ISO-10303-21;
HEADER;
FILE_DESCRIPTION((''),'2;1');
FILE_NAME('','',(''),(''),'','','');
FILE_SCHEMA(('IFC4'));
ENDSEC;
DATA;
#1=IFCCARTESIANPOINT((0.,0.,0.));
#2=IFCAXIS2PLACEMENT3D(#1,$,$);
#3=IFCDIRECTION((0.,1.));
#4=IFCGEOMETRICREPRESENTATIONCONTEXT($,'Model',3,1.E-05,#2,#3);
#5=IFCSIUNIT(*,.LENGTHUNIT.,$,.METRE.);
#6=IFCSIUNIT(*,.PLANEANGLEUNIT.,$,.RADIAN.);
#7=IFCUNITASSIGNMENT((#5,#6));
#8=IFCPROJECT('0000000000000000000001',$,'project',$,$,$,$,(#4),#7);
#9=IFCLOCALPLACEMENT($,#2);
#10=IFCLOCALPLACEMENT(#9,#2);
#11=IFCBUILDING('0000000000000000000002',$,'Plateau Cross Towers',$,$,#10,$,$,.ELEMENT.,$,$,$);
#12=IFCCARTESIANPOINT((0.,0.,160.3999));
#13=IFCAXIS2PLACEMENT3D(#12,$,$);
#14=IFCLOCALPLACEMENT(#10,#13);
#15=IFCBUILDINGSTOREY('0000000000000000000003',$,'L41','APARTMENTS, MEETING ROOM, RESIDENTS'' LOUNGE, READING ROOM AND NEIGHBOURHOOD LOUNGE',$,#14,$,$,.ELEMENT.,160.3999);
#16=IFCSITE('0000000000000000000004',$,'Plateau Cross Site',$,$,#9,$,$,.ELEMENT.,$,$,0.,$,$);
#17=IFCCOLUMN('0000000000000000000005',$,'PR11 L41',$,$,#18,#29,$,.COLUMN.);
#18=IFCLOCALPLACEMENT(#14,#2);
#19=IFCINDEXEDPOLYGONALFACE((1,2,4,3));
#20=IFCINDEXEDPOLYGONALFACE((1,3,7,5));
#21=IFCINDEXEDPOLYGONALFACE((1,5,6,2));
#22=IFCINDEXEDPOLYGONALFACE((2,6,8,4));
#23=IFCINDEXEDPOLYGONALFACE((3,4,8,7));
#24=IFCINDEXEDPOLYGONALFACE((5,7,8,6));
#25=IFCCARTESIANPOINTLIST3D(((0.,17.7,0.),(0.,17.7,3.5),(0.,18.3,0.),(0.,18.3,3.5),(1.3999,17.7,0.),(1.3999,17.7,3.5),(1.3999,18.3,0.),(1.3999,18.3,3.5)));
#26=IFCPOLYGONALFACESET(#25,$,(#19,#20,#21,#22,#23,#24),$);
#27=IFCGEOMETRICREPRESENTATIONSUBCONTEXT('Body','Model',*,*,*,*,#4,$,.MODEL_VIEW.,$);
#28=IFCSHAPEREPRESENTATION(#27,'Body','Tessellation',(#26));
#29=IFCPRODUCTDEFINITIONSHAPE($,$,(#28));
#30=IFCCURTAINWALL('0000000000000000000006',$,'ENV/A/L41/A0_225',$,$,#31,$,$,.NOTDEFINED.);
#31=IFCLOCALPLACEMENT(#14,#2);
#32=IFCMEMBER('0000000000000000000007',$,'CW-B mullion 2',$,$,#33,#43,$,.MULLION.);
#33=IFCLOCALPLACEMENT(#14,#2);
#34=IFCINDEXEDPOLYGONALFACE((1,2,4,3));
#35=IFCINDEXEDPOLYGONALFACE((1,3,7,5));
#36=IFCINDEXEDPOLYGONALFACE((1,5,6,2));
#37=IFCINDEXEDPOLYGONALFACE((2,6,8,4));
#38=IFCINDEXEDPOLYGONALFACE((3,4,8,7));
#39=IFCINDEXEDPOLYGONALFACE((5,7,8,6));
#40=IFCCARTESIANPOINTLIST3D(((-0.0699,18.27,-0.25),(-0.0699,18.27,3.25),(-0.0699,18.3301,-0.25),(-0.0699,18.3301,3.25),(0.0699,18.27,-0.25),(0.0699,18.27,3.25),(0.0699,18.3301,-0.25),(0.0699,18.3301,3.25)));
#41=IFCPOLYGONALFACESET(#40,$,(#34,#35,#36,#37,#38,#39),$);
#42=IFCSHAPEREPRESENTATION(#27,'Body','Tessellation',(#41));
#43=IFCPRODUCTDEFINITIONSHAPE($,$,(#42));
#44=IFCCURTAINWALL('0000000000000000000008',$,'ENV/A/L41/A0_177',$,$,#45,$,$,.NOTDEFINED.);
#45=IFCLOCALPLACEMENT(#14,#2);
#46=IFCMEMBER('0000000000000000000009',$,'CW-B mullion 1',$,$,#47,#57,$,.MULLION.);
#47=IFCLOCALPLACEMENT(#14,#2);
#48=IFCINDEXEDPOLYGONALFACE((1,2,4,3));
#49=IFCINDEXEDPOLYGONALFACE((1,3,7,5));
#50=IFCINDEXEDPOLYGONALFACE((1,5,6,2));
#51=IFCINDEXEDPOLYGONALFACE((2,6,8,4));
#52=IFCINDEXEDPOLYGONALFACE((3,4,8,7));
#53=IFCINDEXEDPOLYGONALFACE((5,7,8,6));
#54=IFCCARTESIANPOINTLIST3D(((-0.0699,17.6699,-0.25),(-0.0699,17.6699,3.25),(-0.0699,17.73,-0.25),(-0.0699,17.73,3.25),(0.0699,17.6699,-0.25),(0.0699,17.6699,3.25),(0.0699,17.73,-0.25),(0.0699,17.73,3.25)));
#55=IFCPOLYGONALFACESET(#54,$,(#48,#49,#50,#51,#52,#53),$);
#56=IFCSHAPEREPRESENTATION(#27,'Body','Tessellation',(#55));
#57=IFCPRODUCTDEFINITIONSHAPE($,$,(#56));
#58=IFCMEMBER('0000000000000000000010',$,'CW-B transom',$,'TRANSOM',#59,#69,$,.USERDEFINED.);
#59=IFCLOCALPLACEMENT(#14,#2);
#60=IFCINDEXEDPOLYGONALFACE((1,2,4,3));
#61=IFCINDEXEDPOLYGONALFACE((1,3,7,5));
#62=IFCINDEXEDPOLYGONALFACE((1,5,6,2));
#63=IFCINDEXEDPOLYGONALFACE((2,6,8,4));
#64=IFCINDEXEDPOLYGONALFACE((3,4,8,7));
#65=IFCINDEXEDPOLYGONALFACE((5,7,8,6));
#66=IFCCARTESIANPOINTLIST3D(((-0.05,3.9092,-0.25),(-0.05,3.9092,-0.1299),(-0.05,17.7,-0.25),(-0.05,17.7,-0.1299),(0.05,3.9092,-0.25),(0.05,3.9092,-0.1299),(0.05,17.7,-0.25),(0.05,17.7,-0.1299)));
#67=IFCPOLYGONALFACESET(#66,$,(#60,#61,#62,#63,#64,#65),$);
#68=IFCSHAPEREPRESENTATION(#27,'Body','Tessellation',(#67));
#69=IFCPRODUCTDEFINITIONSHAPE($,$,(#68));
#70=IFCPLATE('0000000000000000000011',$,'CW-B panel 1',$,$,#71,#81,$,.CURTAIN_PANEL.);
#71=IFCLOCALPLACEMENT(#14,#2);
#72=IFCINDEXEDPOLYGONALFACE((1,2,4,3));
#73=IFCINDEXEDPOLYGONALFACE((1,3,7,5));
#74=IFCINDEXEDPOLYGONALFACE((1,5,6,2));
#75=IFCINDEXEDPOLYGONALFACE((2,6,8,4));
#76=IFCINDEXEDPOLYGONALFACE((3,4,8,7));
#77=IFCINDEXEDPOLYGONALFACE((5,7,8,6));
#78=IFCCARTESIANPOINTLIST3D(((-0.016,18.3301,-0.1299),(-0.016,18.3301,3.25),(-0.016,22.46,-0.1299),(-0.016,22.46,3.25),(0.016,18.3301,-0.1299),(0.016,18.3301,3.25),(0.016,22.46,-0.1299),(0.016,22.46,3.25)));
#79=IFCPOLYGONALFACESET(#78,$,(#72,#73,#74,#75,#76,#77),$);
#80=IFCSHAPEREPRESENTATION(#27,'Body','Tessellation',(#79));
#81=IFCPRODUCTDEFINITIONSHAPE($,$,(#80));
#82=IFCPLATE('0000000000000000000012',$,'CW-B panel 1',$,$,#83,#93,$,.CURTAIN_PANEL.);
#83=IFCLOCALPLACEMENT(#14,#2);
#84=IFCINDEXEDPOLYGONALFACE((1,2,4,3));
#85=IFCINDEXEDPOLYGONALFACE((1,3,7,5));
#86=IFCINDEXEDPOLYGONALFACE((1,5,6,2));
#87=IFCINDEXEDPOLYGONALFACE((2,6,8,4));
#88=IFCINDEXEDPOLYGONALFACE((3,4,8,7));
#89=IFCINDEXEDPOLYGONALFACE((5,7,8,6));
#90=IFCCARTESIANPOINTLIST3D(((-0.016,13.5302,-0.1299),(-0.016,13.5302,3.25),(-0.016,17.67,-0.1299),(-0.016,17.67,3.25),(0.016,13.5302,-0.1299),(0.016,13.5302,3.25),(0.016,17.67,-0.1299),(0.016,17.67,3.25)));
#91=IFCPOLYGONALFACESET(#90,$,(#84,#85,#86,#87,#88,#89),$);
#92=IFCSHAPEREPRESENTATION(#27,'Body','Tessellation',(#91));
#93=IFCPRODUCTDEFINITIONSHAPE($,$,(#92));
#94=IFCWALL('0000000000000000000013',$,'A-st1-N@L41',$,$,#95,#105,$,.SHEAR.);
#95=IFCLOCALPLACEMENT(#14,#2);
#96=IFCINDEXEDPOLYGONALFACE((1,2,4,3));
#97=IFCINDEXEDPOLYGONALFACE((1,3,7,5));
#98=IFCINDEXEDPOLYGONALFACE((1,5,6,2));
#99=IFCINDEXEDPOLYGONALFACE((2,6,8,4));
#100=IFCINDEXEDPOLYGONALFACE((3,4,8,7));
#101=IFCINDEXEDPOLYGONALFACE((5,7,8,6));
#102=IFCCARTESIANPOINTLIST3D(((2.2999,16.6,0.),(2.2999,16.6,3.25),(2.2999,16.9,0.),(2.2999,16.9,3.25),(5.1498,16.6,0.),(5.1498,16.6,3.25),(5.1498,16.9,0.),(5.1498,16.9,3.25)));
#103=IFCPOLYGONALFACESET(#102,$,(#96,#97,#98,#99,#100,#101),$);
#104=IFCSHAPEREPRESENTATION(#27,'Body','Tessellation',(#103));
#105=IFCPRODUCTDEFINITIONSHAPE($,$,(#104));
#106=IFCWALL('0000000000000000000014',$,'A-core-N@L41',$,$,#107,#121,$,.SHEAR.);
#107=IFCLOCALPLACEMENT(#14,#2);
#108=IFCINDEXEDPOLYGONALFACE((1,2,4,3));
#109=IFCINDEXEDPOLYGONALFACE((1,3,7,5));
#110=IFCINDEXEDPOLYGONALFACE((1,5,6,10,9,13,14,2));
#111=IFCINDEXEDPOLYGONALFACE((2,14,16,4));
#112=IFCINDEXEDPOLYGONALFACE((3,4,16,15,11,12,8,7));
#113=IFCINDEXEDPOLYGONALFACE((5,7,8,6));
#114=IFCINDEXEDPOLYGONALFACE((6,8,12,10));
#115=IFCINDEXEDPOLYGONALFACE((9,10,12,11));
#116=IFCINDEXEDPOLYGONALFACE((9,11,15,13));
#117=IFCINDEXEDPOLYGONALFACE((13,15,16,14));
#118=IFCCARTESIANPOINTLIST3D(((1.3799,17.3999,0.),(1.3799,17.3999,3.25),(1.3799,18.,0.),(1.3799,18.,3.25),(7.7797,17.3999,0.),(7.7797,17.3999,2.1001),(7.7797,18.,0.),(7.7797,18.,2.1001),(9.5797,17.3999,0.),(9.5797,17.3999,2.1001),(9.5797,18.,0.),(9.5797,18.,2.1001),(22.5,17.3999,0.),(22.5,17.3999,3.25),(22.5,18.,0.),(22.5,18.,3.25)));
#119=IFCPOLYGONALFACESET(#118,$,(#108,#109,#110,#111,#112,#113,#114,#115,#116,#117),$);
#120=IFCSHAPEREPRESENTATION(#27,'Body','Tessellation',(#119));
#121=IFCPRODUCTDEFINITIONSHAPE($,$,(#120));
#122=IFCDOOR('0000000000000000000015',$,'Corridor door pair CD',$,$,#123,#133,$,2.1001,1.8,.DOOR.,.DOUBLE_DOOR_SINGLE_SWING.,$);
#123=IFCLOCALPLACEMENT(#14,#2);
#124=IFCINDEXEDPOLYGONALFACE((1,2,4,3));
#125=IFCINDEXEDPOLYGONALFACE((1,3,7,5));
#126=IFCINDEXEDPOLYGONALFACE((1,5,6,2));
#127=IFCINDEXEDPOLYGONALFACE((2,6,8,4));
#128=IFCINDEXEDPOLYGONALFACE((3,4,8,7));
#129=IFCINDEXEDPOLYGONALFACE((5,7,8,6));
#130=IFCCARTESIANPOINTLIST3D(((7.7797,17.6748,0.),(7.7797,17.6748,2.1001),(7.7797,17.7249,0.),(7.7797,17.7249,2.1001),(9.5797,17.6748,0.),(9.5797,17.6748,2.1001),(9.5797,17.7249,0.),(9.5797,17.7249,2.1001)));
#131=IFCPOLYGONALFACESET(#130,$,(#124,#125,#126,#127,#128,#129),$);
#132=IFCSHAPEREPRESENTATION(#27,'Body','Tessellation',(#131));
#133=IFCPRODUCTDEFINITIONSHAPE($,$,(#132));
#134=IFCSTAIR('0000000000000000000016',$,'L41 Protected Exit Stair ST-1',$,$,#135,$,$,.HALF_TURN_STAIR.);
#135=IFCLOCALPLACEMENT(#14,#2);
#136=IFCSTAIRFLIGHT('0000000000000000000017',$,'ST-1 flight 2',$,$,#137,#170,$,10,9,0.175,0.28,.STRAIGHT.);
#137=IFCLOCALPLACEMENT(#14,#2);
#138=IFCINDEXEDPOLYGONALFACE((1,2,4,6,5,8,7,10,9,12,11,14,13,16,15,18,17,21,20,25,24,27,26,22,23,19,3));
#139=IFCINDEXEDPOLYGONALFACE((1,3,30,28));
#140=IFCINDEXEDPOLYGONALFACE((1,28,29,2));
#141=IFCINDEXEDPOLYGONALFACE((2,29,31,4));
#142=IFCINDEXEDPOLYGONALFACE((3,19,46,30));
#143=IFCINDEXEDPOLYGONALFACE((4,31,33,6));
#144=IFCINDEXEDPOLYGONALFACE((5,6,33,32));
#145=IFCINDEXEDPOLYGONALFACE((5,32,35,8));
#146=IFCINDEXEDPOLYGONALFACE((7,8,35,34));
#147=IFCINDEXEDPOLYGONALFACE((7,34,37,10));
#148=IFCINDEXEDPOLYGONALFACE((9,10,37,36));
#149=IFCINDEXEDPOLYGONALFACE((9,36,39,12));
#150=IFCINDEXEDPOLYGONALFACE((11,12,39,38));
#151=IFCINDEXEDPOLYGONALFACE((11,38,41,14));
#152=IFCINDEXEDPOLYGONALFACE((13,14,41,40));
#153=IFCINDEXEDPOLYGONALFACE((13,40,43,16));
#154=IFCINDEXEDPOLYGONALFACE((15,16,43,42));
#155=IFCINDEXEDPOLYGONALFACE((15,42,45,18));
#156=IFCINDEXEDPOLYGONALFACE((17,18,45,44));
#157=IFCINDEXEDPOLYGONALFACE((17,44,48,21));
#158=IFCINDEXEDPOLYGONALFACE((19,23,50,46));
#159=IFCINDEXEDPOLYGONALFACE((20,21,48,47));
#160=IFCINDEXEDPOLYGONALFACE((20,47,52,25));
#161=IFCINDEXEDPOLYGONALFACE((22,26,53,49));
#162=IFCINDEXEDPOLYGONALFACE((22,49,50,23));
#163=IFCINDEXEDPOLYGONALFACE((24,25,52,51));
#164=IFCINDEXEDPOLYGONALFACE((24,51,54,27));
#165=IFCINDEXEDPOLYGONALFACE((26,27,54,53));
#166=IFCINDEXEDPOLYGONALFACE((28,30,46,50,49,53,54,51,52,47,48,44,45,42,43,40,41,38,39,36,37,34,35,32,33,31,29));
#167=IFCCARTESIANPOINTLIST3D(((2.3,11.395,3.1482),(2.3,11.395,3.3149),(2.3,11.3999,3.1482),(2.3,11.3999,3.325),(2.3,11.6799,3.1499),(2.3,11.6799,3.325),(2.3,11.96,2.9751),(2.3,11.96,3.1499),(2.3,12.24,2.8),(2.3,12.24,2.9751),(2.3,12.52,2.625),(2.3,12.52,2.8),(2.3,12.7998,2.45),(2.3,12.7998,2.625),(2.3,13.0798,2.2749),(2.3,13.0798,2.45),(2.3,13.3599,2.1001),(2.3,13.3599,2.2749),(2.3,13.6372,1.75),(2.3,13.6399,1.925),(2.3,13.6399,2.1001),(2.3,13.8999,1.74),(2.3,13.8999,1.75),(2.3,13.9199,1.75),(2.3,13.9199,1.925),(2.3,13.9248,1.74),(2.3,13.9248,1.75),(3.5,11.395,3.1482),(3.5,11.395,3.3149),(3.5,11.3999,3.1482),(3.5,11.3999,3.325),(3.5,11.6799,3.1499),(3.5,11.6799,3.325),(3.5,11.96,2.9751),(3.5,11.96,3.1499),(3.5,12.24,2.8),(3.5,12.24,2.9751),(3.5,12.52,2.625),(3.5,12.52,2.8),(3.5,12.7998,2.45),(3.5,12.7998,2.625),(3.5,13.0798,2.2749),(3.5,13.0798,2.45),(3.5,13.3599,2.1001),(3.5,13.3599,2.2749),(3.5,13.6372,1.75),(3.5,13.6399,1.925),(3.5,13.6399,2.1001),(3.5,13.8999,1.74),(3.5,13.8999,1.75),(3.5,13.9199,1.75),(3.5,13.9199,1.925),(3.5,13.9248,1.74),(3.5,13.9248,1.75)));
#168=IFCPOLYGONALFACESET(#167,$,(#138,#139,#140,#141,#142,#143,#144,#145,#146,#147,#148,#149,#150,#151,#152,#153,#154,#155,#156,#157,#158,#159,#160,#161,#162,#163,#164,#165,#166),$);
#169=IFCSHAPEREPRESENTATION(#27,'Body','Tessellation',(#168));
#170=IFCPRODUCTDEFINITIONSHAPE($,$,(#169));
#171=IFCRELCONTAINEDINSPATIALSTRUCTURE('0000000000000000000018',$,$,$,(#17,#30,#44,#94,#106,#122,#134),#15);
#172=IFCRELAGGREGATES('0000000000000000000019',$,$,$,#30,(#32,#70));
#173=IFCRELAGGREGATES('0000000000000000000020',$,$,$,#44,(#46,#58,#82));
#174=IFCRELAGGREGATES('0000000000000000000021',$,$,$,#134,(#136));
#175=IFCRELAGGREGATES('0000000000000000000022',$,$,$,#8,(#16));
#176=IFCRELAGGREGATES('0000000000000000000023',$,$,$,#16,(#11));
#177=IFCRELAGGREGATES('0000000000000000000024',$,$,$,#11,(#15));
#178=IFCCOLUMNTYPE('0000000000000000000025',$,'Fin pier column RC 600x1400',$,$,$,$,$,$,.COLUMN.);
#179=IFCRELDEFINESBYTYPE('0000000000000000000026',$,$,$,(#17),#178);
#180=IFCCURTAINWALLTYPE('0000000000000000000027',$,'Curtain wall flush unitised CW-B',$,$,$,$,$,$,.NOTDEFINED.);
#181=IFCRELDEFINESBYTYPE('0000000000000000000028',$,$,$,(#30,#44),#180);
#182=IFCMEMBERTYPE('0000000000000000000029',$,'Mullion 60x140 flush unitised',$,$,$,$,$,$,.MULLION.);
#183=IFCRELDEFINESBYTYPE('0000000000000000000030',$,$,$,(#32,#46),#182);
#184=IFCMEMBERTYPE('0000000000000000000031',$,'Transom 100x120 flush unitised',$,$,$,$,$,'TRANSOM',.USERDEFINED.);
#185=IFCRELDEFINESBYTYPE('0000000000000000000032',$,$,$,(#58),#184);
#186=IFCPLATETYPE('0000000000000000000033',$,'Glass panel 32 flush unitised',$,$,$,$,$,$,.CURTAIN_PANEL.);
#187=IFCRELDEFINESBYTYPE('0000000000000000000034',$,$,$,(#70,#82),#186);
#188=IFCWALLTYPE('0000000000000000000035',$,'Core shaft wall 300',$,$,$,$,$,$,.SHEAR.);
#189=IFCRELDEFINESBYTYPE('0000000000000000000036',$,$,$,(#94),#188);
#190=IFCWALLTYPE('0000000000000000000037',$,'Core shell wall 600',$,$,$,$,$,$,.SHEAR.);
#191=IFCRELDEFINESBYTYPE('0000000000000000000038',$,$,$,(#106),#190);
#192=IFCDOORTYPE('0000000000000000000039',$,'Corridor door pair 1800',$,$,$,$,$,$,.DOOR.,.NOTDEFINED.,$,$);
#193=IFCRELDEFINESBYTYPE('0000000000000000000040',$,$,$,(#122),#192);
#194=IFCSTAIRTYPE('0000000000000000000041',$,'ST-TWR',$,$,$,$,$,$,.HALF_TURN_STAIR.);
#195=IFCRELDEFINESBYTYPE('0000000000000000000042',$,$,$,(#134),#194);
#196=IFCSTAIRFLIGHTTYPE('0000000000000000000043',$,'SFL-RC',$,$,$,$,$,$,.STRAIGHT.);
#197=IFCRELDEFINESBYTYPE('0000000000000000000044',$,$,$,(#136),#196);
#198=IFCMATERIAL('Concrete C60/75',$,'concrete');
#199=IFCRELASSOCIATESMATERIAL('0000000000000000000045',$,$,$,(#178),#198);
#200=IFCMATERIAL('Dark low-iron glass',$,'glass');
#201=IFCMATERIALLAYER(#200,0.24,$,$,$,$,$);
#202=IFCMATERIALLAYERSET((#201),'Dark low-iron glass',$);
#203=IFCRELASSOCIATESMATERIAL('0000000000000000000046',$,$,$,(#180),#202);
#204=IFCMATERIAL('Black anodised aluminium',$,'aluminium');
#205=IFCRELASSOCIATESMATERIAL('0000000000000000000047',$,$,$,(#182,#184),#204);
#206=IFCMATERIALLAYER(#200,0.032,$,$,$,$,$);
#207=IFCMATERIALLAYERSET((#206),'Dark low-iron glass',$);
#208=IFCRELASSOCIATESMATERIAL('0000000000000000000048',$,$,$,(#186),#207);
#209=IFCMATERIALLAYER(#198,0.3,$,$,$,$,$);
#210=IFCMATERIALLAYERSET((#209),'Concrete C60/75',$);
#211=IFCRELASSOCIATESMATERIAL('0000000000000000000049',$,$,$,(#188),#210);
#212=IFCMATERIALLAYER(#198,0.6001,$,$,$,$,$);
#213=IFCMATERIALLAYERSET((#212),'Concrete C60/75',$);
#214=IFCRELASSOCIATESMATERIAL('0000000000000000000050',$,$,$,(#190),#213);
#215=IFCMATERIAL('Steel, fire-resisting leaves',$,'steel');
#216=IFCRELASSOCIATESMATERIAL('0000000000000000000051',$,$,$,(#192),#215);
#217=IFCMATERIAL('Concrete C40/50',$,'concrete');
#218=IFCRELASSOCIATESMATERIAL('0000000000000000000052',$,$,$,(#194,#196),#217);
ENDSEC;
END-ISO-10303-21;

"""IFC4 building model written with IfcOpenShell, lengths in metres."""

from ifc_helpers import new_model, si_unit, direction, frame, frame_2d, origin, origin_2d, place, context, subcontext, project, spatial, polyline, rectangle, outline, extrude, material, layer, layer_set, material_profile, profile_set, type_object, element, fill, aggregate, save


model = new_model("IFC4")

# Units and contexts
model_context = context("Model", 3, precision=1e-05, world=origin(), true_north=direction((0.0, 1.0)))
body_context = subcontext(model_context, "Body", "Model", "MODEL_VIEW")
ifc_project = project(units=[si_unit("LENGTHUNIT", "METRE"), si_unit("PLANEANGLEUNIT", "RADIAN")], contexts=[model_context])

# Site, building, storey
site_placement = place(None, origin())
site = spatial("IfcSite", under=ifc_project, at=site_placement, Name="Plateau Cross Site", CompositionType="ELEMENT", RefElevation=0.0)
building_placement = place(site_placement, origin())
building = spatial("IfcBuilding", under=site, at=building_placement, Name="Plateau Cross Towers", CompositionType="ELEMENT")
storey_placement = place(building_placement, frame((0.0, 0.0, 160.3999)))
storey = spatial("IfcBuildingStorey", under=building, at=storey_placement, Name="L41", Description="APARTMENTS, MEETING ROOM, RESIDENTS' LOUNGE, READING ROOM AND NEIGHBOURHOOD LOUNGE", CompositionType="ELEMENT", Elevation=160.3999)

# Column
ifc_material_1 = material(Name="Concrete C60/75", Category="concrete")
ifc_material_profile_1 = material_profile(ifc_material_1, rectangle(XDim=0.6001, YDim=1.3999, at=origin_2d()), Name="RC 600x1400")
ifc_profile_set_1 = profile_set([ifc_material_profile_1], Name="Concrete C60/75")
column_type = type_object("IfcColumnType", Name="Fin pier column RC 600x1400", PredefinedType="COLUMN", material=ifc_profile_set_1)
column_placement = place(storey_placement, frame((0.7, 18.0, 0.0), z_axis=(0.0, 0.0, 1.0), x_axis=(0.0, 1.0, 0.0)))
element("IfcColumn", 1, at=column_placement, inside=storey, type_object=column_type, Name="PR11 L41", PredefinedType="COLUMN", context=body_context, shape_type="SweptSolid", body=[
    extrude(rectangle(XDim=0.6001, YDim=1.3999, at=origin_2d()), origin(), (0.0, 0.0, 1.0), 3.5),
])

# Curtain wall, member
ifc_material_2 = material(Name="Dark low-iron glass", Category="glass")
ifc_layer_1 = layer(ifc_material_2, 0.24)
ifc_layer_set_1 = layer_set([ifc_layer_1], Name="Dark low-iron glass")
curtain_wall_type = type_object("IfcCurtainWallType", Name="Curtain wall flush unitised CW-B", PredefinedType="NOTDEFINED", material=ifc_layer_set_1)
curtain_wall_1_placement = place(storey_placement, origin())
curtain_wall_1 = element("IfcCurtainWall", 2, at=curtain_wall_1_placement, inside=storey, type_object=curtain_wall_type, Name="ENV/A/L41/A0_225", PredefinedType="NOTDEFINED")
ifc_material_3 = material(Name="Black anodised aluminium", Category="aluminium")
ifc_material_profile_2 = material_profile(ifc_material_3, rectangle(XDim=0.0601, YDim=0.1399, at=origin_2d()), Name="MULLION 60x140")
ifc_profile_set_2 = profile_set([ifc_material_profile_2], Name="Black anodised aluminium")
member_type_1 = type_object("IfcMemberType", Name="Mullion 60x140 flush unitised", PredefinedType="MULLION", material=ifc_profile_set_2)
member_1_placement = place(storey_placement, frame((0.0, 18.3, -0.25), z_axis=(0.0, 0.0, 1.0), x_axis=(0.0, -1.0, 0.0)))
member_1 = element("IfcMember", 3, at=member_1_placement, type_object=member_type_1, Name="CW-B mullion 2", PredefinedType="MULLION", context=body_context, shape_type="SweptSolid", body=[
    extrude(rectangle(XDim=0.0601, YDim=0.1399, at=origin_2d()), origin(), (0.0, 0.0, 1.0), 3.5),
])

# Curtain wall, members
curtain_wall_2_placement = place(storey_placement, origin())
curtain_wall_2 = element("IfcCurtainWall", 4, at=curtain_wall_2_placement, inside=storey, type_object=curtain_wall_type, Name="ENV/A/L41/A0_177", PredefinedType="NOTDEFINED")
member_2_placement = place(storey_placement, frame((0.0, 17.7, -0.25), z_axis=(0.0, 0.0, 1.0), x_axis=(0.0, -1.0, 0.0)))
member_2 = element("IfcMember", 5, at=member_2_placement, type_object=member_type_1, Name="CW-B mullion 1", PredefinedType="MULLION", context=body_context, shape_type="SweptSolid", body=[
    extrude(rectangle(XDim=0.0601, YDim=0.1399, at=origin_2d()), origin(), (0.0, 0.0, 1.0), 3.5),
])
ifc_material_profile_3 = material_profile(ifc_material_3, rectangle(XDim=0.1001, YDim=0.1201, at=origin_2d()), Name="TRANSOM 100x120")
ifc_profile_set_3 = profile_set([ifc_material_profile_3], Name="Black anodised aluminium")
member_type_2 = type_object("IfcMemberType", Name="Transom 100x120 flush unitised", ElementType="TRANSOM", PredefinedType="USERDEFINED", material=ifc_profile_set_3)
member_3_placement = place(storey_placement, frame((0.0, 17.7, -0.1899), z_axis=(0.0, -1.0, 0.0), x_axis=(1.0, 0.0, 0.0)))
member_3 = element("IfcMember", 6, at=member_3_placement, type_object=member_type_2, Name="CW-B transom", ObjectType="TRANSOM", PredefinedType="USERDEFINED", context=body_context, shape_type="SweptSolid", body=[
    extrude(rectangle(XDim=0.1001, YDim=0.1201, at=origin_2d()), origin(), (0.0, 0.0, 1.0), 13.7908),
])

# Plates
ifc_layer_2 = layer(ifc_material_2, 0.032)
ifc_layer_set_2 = layer_set([ifc_layer_2], Name="Dark low-iron glass")
plate_type = type_object("IfcPlateType", Name="Glass panel 32 flush unitised", PredefinedType="CURTAIN_PANEL", material=ifc_layer_set_2)
plate_1_placement = place(storey_placement, frame((0.0, 20.395, -0.1299), z_axis=(0.0, 0.0, 1.0), x_axis=(0.0, -1.0, 0.0)))
plate_1 = element("IfcPlate", 7, at=plate_1_placement, type_object=plate_type, Name="CW-B panel 1", PredefinedType="CURTAIN_PANEL", context=body_context, shape_type="SweptSolid", body=[
    extrude(rectangle(XDim=4.1299, YDim=0.032, at=origin_2d()), origin(), (0.0, 0.0, 1.0), 3.3799),
])
aggregate(curtain_wall_1, [member_1, plate_1])
plate_2_placement = place(storey_placement, frame((0.0, 15.6001, -0.1299), z_axis=(0.0, 0.0, 1.0), x_axis=(0.0, -1.0, 0.0)))
plate_2 = element("IfcPlate", 8, at=plate_2_placement, type_object=plate_type, Name="CW-B panel 1", PredefinedType="CURTAIN_PANEL", context=body_context, shape_type="SweptSolid", body=[
    extrude(rectangle(XDim=4.1399, YDim=0.032, at=origin_2d()), origin(), (0.0, 0.0, 1.0), 3.3799),
])
aggregate(curtain_wall_2, [member_2, member_3, plate_2])

# Wall
ifc_layer_3 = layer(ifc_material_1, 0.3)
ifc_layer_set_3 = layer_set([ifc_layer_3], Name="Concrete C60/75")
wall_type_1 = type_object("IfcWallType", Name="Core shaft wall 300", PredefinedType="SHEAR", material=ifc_layer_set_3)
wall_1_placement = place(storey_placement, frame((2.3, 16.75, 0.0), z_axis=(0.0, 0.0, 1.0), x_axis=(1.0, 0.0, 0.0)))
element("IfcWall", 9, at=wall_1_placement, inside=storey, type_object=wall_type_1, Name="A-st1-N@L41", PredefinedType="SHEAR", context=body_context, shape_type="SweptSolid", body=[
    extrude(rectangle(XDim=2.8499, YDim=0.3, at=frame_2d((1.4248, 0.0))), origin(), (0.0, 0.0, 1.0), 3.25),
])

# Wall, opening, door
ifc_layer_4 = layer(ifc_material_1, 0.6001)
ifc_layer_set_4 = layer_set([ifc_layer_4], Name="Concrete C60/75")
wall_type_2 = type_object("IfcWallType", Name="Core shell wall 600", PredefinedType="SHEAR", material=ifc_layer_set_4)
wall_2_placement = place(storey_placement, frame((1.3799, 17.7, 0.0), z_axis=(0.0, 0.0, 1.0), x_axis=(1.0, 0.0, 0.0)))
wall_2 = element("IfcWall", 10, at=wall_2_placement, inside=storey, type_object=wall_type_2, Name="A-core-N@L41", PredefinedType="SHEAR", context=body_context, shape_type="SweptSolid", body=[
    extrude(rectangle(XDim=21.1201, YDim=0.6001, at=frame_2d((10.5601, 0.0))), origin(), (0.0, 0.0, 1.0), 3.25),
])
opening_placement = place(wall_2_placement, frame((6.3999, 0.0, 0.0)))
opening = element("IfcOpeningElement", 11, at=opening_placement, cuts=wall_2, PredefinedType="OPENING", context=body_context, shape_type="SweptSolid", body=[
    extrude(rectangle(XDim=1.8, YDim=2.1001, at=frame_2d((0.8999, 1.05))), frame((0.0, 0.3101, 0.0), z_axis=(0.0, -1.0, 0.0), x_axis=(1.0, 0.0, 0.0)), (0.0, 0.0, 1.0), 0.6201),
])
ifc_material_4 = material(Name="Steel, fire-resisting leaves", Category="steel")
door_type = type_object("IfcDoorType", Name="Corridor door pair 1800", OperationType="NOTDEFINED", PredefinedType="DOOR", material=ifc_material_4)
door_placement = place(opening_placement, origin())
door = element("IfcDoor", 12, at=door_placement, inside=storey, type_object=door_type, Name="Corridor door pair CD", OperationType="DOUBLE_DOOR_SINGLE_SWING", OverallHeight=2.1001, OverallWidth=1.8, PredefinedType="DOOR", context=body_context, shape_type="SweptSolid", body=[
    extrude(rectangle(XDim=1.8, YDim=2.1001, at=frame_2d((0.8999, 1.05))), frame((0.0, 0.0249, 0.0), z_axis=(0.0, -1.0, 0.0), x_axis=(1.0, 0.0, 0.0)), (0.0, 0.0, 1.0), 0.05),
])
fill(opening, door)

# Stair, stair flight
ifc_material_5 = material(Name="Concrete C40/50", Category="concrete")
stair_type = type_object("IfcStairType", Name="ST-TWR", PredefinedType="HALF_TURN_STAIR", material=ifc_material_5)
stair_placement = place(storey_placement, origin())
stair = element("IfcStair", 13, at=stair_placement, inside=storey, type_object=stair_type, Name="L41 Protected Exit Stair ST-1", PredefinedType="HALF_TURN_STAIR")
stair_flight_type = type_object("IfcStairFlightType", Name="SFL-RC", PredefinedType="STRAIGHT", material=ifc_material_5)
stair_flight_placement = place(storey_placement, frame((2.8999, 13.9199, 1.75), z_axis=(0.0, 0.0, 1.0), x_axis=(0.0, -1.0, 0.0)))
stair_flight = element("IfcStairFlight", 14, at=stair_flight_placement, type_object=stair_flight_type, Name="ST-1 flight 2", NumberOfRisers=10, NumberOfTreads=9, PredefinedType="STRAIGHT", RiserHeight=0.175, TreadLength=0.28, context=body_context, shape_type="SweptSolid", body=[
    extrude(outline(polyline([(-0.0049, -0.01), (-0.0049, 0.0), (0.0, 0.0), (0.0, 0.175), (0.28, 0.175), (0.28, 0.3501), (0.5601, 0.3501), (0.5601, 0.5249), (0.8401, 0.5249), (0.8401, 0.7), (1.1201, 0.7), (1.1201, 0.875), (1.3999, 0.875), (1.3999, 1.05), (1.6799, 1.05), (1.6799, 1.2251), (1.96, 1.2251), (1.96, 1.3999), (2.24, 1.3999), (2.24, 1.575), (2.52, 1.575), (2.5249, 1.5649), (2.5249, 1.3982), (2.52, 1.3982), (0.2827, 0.0), (0.02, 0.0), (0.02, -0.01), (-0.0049, -0.01)])), frame((0.0, 0.6001, 0.0), z_axis=(0.0, -1.0, 0.0), x_axis=(1.0, 0.0, 0.0)), (0.0, 0.0, 1.0), 1.2),
])
aggregate(stair, [stair_flight])

save(model, "model.ifc")
